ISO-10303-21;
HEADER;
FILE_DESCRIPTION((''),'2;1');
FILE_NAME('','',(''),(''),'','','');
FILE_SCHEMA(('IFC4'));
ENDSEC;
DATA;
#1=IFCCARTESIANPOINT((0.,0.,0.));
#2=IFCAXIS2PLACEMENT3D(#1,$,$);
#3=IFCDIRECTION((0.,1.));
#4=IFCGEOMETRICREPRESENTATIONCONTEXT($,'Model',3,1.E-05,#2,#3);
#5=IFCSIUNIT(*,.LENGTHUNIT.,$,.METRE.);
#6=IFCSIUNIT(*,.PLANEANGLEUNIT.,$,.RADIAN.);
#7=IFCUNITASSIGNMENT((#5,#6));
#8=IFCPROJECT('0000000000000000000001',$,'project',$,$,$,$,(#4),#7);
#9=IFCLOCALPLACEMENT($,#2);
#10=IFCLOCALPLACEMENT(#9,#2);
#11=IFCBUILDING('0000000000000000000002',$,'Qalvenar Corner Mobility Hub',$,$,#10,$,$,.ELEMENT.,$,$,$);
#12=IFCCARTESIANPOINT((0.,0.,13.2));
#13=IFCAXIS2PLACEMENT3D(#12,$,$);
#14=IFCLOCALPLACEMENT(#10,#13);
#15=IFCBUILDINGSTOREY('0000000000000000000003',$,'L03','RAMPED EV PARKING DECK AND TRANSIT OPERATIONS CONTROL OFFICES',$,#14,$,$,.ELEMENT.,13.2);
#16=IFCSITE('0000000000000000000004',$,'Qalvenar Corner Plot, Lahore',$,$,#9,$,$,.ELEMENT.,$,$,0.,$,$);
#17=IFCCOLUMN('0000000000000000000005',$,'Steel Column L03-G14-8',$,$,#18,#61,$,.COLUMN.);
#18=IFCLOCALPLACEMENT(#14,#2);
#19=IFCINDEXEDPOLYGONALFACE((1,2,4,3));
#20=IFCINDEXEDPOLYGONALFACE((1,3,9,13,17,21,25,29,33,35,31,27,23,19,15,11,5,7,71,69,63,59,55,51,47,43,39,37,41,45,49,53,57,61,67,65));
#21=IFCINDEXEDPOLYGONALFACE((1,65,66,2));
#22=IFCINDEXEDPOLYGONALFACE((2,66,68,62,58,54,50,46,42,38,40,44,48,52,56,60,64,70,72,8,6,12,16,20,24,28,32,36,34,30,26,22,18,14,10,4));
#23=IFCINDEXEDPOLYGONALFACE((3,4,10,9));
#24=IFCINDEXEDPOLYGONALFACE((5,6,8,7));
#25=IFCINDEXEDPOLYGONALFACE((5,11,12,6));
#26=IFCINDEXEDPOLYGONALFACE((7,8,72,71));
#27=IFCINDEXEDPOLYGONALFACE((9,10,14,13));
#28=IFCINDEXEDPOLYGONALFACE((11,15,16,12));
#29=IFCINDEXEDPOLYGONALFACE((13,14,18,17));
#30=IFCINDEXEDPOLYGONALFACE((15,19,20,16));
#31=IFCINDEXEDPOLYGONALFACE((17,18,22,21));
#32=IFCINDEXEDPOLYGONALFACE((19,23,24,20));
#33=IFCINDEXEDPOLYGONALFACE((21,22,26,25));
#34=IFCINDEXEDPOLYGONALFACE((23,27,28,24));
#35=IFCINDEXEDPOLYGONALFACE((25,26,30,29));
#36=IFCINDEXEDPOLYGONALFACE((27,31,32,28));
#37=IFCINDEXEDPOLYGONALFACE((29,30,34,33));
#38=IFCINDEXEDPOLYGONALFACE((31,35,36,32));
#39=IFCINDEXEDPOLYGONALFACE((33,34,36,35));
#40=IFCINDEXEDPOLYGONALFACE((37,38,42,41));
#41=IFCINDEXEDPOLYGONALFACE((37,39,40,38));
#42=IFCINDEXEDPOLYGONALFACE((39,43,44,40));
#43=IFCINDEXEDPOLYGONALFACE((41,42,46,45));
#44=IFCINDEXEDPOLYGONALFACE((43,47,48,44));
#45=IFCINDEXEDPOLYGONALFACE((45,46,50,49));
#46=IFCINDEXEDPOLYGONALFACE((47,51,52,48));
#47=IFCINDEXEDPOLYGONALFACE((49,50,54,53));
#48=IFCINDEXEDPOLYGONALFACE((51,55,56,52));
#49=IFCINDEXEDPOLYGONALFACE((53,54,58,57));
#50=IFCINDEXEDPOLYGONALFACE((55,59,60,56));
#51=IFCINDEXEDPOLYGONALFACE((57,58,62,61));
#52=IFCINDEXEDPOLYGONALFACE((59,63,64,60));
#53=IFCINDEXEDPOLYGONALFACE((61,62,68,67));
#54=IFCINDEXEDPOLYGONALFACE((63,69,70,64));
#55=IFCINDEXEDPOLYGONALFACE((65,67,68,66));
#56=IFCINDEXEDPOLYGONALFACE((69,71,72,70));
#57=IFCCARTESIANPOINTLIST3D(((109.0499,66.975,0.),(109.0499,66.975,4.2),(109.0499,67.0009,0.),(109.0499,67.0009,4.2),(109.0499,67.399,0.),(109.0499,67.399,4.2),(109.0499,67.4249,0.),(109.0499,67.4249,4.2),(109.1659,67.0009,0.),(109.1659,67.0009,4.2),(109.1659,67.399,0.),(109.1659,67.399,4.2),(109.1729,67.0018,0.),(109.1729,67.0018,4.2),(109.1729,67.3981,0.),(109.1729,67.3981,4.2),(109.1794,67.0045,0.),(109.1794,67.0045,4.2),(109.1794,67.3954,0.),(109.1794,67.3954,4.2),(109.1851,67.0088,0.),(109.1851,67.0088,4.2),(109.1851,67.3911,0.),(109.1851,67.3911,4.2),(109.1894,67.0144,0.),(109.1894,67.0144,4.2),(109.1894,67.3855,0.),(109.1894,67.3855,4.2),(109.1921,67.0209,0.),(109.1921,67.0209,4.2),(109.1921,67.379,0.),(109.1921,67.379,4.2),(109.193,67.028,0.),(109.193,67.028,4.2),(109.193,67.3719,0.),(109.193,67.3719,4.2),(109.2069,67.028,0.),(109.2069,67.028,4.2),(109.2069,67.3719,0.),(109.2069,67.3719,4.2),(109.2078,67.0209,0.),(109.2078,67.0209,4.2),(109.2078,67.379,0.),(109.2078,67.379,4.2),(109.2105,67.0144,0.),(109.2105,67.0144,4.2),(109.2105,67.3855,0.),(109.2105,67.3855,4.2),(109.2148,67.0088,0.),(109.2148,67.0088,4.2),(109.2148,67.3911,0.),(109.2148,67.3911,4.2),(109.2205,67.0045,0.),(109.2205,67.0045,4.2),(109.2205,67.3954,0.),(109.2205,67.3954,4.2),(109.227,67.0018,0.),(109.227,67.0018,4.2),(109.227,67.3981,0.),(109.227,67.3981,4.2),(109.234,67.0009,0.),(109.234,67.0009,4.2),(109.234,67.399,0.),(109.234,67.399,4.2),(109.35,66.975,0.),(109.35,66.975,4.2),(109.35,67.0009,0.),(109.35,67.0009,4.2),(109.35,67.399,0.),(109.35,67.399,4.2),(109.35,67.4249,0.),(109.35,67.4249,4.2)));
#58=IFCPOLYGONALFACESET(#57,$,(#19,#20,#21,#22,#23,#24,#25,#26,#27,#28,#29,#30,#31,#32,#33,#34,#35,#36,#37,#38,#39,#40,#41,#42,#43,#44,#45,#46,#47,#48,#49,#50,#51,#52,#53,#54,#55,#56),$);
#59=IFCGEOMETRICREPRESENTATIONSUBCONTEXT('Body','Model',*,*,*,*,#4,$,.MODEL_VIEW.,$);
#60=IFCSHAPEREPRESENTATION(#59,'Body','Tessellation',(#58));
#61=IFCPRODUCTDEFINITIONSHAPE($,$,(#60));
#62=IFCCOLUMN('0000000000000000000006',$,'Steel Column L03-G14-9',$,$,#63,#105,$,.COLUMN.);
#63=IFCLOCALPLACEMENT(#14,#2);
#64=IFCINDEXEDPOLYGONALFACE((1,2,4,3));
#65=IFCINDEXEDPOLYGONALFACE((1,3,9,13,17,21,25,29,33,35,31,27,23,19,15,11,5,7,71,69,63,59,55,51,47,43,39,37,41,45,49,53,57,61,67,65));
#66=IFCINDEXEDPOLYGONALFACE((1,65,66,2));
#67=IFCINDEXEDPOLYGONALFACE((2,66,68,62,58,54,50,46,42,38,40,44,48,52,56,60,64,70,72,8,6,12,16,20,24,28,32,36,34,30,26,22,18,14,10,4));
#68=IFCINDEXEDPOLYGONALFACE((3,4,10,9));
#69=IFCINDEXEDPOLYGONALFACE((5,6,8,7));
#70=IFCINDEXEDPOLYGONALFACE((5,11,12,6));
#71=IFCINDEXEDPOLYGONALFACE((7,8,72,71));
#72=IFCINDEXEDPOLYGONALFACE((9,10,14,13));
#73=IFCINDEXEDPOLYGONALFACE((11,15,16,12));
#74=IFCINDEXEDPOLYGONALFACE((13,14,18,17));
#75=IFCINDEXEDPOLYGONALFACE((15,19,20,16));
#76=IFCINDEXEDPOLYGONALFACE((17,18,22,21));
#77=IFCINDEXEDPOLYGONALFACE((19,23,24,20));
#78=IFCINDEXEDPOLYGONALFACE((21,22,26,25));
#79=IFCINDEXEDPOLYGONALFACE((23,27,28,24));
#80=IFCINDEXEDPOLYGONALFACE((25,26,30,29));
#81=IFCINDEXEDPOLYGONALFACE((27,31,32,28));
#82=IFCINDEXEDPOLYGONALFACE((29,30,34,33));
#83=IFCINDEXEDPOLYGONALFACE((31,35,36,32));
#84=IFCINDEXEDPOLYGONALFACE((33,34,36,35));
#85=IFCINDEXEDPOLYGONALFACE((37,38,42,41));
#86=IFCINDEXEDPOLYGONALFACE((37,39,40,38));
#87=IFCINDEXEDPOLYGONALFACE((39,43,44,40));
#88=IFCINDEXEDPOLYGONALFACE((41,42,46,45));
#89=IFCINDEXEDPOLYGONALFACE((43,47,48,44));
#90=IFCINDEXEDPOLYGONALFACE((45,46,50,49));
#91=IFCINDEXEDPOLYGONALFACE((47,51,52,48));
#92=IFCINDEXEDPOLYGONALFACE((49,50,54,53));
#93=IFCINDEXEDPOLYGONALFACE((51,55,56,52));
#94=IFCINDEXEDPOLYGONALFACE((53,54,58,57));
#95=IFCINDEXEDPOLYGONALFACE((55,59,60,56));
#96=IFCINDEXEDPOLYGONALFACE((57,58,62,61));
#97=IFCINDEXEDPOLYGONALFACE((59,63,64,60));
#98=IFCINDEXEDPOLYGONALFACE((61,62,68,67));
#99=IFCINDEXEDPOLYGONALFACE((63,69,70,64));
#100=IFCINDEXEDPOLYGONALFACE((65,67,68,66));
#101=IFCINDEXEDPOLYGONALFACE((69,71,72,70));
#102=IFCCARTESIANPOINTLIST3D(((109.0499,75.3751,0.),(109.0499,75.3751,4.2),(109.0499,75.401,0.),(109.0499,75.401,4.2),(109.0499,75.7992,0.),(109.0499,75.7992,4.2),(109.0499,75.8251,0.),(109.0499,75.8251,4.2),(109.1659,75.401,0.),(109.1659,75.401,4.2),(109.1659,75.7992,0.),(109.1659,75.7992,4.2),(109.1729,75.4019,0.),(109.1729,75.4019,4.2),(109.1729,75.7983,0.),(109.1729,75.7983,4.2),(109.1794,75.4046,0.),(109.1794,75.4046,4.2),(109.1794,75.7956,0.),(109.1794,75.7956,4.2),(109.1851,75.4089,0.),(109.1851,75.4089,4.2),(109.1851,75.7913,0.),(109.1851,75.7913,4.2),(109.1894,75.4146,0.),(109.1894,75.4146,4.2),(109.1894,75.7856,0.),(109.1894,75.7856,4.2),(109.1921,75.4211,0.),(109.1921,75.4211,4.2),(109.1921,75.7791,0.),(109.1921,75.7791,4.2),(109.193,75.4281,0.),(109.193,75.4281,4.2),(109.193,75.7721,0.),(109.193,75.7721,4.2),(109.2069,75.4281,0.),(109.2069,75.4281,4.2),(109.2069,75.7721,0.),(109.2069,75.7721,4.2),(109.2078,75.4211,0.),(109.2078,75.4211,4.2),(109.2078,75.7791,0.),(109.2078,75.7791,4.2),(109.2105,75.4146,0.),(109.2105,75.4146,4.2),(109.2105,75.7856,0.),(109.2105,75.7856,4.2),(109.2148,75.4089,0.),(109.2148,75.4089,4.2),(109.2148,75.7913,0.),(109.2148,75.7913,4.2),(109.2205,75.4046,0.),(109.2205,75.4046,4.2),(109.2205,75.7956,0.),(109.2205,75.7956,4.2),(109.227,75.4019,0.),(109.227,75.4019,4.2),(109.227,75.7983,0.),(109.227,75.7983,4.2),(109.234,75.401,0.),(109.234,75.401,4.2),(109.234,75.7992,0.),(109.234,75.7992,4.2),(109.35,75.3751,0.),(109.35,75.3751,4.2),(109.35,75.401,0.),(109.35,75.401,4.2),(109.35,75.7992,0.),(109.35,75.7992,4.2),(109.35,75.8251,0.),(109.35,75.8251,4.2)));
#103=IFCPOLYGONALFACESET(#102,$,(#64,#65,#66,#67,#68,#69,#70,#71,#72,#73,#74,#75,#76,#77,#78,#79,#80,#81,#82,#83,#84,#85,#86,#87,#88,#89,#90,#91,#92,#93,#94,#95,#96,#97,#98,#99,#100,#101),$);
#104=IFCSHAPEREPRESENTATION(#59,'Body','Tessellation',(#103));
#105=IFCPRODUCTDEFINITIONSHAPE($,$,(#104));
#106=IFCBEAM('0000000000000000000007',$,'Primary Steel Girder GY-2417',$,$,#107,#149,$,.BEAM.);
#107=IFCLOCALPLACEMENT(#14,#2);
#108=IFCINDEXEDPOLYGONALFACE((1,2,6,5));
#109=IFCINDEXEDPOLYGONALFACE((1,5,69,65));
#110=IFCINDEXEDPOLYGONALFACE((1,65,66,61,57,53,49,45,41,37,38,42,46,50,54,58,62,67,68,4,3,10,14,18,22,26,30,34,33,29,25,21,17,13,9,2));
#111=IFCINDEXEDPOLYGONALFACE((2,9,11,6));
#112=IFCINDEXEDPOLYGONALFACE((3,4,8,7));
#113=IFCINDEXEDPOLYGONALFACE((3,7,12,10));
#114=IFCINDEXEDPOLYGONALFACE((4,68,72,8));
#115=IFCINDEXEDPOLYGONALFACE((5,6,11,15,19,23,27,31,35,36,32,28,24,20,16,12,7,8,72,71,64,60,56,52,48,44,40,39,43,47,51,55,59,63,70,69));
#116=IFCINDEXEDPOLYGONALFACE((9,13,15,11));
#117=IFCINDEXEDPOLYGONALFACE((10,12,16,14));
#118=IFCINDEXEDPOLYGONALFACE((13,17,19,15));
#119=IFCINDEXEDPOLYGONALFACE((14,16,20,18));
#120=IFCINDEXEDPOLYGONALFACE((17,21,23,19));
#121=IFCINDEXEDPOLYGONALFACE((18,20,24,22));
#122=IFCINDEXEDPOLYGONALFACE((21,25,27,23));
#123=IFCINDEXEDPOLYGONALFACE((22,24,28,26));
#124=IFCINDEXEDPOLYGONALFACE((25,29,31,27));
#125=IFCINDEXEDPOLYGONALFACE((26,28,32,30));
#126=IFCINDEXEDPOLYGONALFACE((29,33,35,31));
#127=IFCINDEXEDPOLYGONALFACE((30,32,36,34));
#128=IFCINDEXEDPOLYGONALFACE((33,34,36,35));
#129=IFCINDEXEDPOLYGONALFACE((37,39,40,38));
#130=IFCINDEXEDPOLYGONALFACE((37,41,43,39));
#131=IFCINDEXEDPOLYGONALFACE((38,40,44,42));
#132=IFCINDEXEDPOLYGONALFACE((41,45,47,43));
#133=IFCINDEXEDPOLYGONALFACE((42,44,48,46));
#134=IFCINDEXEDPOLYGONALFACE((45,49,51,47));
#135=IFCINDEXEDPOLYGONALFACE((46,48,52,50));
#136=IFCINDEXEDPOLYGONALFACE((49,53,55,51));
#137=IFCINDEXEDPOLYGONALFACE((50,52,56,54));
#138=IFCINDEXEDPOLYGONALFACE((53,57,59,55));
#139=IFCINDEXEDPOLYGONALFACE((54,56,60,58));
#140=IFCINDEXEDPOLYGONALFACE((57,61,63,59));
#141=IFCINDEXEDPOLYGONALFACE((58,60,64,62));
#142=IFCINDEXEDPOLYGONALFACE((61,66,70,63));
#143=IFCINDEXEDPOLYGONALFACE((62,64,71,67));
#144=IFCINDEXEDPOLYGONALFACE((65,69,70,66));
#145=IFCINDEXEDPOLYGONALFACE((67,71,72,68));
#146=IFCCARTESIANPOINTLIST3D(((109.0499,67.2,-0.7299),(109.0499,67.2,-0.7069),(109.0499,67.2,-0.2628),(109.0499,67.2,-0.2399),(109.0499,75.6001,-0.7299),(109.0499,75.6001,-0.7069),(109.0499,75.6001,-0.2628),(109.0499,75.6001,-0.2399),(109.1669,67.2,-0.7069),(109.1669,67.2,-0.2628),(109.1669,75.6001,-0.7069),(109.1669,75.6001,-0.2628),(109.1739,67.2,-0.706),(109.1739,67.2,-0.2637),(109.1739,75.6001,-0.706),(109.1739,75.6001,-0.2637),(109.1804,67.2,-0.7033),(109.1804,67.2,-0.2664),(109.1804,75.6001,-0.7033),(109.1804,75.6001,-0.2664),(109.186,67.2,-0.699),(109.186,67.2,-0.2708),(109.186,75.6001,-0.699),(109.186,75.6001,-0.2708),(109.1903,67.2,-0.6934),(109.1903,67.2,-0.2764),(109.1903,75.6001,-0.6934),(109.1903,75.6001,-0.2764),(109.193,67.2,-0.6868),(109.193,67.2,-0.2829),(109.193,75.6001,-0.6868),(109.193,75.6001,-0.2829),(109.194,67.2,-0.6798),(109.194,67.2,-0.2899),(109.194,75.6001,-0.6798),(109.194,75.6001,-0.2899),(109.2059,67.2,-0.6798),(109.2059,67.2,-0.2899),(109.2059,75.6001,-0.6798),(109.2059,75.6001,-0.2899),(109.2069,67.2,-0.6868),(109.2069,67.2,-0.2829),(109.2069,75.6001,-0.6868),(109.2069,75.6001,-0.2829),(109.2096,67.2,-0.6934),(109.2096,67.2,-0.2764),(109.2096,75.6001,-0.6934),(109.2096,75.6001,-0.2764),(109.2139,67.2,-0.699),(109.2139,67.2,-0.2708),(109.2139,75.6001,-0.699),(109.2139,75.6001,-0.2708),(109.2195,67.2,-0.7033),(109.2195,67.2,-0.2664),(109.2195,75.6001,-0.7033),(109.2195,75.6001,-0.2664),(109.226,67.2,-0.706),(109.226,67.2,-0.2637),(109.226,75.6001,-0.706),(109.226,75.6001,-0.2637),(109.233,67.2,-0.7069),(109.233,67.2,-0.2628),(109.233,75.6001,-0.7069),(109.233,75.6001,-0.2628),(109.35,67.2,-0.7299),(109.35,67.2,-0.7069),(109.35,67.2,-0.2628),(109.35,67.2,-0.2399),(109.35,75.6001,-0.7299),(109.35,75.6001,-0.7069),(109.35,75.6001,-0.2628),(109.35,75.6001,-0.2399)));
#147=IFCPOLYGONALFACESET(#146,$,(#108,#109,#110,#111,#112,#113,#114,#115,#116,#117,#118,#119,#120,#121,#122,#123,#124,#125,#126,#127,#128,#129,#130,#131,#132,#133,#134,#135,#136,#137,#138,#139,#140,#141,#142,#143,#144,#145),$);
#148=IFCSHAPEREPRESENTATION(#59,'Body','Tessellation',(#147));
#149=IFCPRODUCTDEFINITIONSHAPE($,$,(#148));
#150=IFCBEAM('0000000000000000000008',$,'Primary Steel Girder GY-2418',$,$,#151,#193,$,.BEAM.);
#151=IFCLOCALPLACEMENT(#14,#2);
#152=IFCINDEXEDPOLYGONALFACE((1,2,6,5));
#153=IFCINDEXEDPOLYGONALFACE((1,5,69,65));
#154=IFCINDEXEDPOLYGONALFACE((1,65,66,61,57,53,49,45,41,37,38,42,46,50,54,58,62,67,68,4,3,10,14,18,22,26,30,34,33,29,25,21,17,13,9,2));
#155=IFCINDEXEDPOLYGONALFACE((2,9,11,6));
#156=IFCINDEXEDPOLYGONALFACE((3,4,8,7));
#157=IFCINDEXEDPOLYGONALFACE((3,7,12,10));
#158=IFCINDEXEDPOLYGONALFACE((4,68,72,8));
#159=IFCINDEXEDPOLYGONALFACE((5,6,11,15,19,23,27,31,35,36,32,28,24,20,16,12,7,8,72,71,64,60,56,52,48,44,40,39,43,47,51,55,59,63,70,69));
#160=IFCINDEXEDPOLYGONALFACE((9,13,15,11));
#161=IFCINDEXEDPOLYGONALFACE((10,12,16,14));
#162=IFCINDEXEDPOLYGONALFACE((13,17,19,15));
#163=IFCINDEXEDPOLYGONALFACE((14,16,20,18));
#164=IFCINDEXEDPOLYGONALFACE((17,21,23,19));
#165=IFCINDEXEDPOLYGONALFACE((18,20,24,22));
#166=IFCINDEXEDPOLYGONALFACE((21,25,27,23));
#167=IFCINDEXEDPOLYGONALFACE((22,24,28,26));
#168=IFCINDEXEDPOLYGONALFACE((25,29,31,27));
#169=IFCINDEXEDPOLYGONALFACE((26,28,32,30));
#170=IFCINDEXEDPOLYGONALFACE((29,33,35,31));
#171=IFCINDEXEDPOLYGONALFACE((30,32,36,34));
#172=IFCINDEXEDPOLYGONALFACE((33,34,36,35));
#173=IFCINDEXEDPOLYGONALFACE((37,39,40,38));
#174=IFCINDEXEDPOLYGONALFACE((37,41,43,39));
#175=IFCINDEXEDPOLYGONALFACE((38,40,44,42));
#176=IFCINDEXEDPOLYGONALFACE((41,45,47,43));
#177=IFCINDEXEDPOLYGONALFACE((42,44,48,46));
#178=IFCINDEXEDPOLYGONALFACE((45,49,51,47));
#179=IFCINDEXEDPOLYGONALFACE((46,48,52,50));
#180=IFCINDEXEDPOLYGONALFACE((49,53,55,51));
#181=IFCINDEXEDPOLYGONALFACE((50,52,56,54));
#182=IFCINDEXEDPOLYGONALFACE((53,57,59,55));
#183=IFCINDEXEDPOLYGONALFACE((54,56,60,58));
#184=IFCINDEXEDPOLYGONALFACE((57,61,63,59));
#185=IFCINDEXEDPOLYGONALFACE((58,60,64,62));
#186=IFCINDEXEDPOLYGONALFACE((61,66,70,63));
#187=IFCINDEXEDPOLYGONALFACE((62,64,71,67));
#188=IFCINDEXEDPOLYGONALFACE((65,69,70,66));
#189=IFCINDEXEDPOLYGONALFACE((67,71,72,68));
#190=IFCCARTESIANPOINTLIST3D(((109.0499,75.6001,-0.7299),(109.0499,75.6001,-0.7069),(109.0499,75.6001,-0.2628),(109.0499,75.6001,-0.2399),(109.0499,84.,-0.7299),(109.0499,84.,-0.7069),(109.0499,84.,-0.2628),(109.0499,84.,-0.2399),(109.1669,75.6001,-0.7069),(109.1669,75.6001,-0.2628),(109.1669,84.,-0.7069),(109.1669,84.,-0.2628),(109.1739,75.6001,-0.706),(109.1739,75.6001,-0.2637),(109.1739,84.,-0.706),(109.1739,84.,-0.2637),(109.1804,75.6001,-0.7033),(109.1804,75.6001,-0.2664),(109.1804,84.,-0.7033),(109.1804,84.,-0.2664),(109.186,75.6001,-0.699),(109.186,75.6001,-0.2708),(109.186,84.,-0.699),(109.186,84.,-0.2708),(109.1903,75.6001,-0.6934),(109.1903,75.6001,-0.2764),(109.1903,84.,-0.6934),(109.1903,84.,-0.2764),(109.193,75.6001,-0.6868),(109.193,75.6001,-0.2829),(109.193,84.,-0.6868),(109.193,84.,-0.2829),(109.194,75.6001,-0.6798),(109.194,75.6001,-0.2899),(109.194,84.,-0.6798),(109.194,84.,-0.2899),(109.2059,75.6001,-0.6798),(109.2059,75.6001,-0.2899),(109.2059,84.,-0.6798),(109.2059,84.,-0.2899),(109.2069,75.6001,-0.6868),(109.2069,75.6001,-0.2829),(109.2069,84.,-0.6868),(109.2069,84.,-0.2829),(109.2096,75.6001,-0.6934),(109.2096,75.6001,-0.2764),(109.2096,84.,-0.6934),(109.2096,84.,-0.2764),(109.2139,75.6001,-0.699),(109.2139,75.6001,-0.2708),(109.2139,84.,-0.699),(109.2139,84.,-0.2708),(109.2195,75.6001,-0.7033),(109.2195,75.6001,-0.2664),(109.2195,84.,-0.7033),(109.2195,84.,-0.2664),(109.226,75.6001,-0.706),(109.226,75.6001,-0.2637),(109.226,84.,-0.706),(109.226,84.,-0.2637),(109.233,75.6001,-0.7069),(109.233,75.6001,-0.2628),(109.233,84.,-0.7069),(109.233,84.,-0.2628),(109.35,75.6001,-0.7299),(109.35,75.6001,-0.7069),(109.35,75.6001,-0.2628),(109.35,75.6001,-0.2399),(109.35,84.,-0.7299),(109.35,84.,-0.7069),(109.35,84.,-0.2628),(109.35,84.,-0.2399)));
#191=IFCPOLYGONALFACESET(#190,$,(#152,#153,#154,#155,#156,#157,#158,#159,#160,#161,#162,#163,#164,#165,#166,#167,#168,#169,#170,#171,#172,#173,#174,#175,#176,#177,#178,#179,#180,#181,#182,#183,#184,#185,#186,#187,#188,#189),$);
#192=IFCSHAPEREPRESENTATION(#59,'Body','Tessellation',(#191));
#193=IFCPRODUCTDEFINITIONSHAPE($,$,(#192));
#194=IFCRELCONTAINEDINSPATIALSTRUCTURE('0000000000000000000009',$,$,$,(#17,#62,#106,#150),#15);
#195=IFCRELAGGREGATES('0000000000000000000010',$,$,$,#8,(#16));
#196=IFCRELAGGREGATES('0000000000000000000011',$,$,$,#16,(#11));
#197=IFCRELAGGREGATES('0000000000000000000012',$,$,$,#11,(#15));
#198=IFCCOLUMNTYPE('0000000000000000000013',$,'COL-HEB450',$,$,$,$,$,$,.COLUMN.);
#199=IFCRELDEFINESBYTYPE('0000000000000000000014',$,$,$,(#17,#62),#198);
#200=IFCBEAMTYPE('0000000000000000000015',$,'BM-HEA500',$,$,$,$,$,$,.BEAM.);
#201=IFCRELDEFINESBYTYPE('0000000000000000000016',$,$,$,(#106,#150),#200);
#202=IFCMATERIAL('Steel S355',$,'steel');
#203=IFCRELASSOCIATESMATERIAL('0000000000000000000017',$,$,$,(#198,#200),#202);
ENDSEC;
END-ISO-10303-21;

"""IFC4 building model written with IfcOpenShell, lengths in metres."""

from ifc_helpers import new_model, si_unit, direction, frame, origin, origin_2d, place, context, subcontext, project, spatial, i_section, extrude, material, material_profile, profile_set, type_object, element, save


model = new_model("IFC4")

# Units and contexts
model_context = context("Model", 3, precision=1e-05, world=origin(), true_north=direction((0.0, 1.0)))
body_context = subcontext(model_context, "Body", "Model", "MODEL_VIEW")
ifc_project = project(units=[si_unit("LENGTHUNIT", "METRE"), si_unit("PLANEANGLEUNIT", "RADIAN")], contexts=[model_context])

# Site, building, storey
site_placement = place(None, origin())
site = spatial("IfcSite", under=ifc_project, at=site_placement, Name="Qalvenar Corner Plot, Lahore", CompositionType="ELEMENT", RefElevation=0.0)
building_placement = place(site_placement, origin())
building = spatial("IfcBuilding", under=site, at=building_placement, Name="Qalvenar Corner Mobility Hub", CompositionType="ELEMENT")
storey_placement = place(building_placement, frame((0.0, 0.0, 13.2)))
storey = spatial("IfcBuildingStorey", under=building, at=storey_placement, Name="L03", Description="RAMPED EV PARKING DECK AND TRANSIT OPERATIONS CONTROL OFFICES", CompositionType="ELEMENT", Elevation=13.2)

# Columns
ifc_material = material(Name="Steel S355", Category="steel")
ifc_material_profile_1 = material_profile(ifc_material, i_section(OverallWidth=0.3, OverallDepth=0.45, WebThickness=0.0139, FlangeThickness=0.0259, FilletRadius=0.0271, at=origin_2d()), Name="HEB450")
ifc_profile_set_1 = profile_set([ifc_material_profile_1], Name="Steel S355")
column_type = type_object("IfcColumnType", Name="COL-HEB450", PredefinedType="COLUMN", material=ifc_profile_set_1)
for number, where, z_axis, x_axis, name in (
    (1, (109.2, 67.2, 0.0), (0.0, 0.0, 1.0), (1.0, 0.0, 0.0), "Steel Column L03-G14-8"),
    (2, (109.2, 75.6001, 0.0), (0.0, 0.0, 1.0), (1.0, 0.0, 0.0), "Steel Column L03-G14-9"),
):
    element("IfcColumn", number, at=place(storey_placement, frame(where, z_axis=z_axis, x_axis=x_axis)), inside=storey, type_object=column_type, Name=name, PredefinedType="COLUMN", context=body_context, shape_type="SweptSolid", body=[
        extrude(i_section(OverallWidth=0.3, OverallDepth=0.45, WebThickness=0.0139, FlangeThickness=0.0259, FilletRadius=0.0271, at=origin_2d()), origin(), (0.0, 0.0, 1.0), 4.2),
    ])

# Beams
ifc_material_profile_2 = material_profile(ifc_material, i_section(OverallWidth=0.3, OverallDepth=0.49, WebThickness=0.012, FlangeThickness=0.0229, FilletRadius=0.0271, at=origin_2d()), Name="HEA500")
ifc_profile_set_2 = profile_set([ifc_material_profile_2], Name="Steel S355")
beam_type_1 = type_object("IfcBeamType", Name="BM-HEA500", PredefinedType="BEAM", material=ifc_profile_set_2)
beam_1_placement = place(storey_placement, frame((109.2, 67.2, -0.4849), z_axis=(0.0, 1.0, 0.0), x_axis=(-1.0, 0.0, 0.0)))
element("IfcBeam", 3, at=beam_1_placement, inside=storey, type_object=beam_type_1, Name="Primary Steel Girder GY-2417", PredefinedType="BEAM", context=body_context, shape_type="SweptSolid", body=[
    extrude(i_section(OverallWidth=0.3, OverallDepth=0.49, WebThickness=0.012, FlangeThickness=0.0229, FilletRadius=0.0271, at=origin_2d()), origin(), (0.0, 0.0, 1.0), 8.4001),
])
beam_2_placement = place(storey_placement, frame((109.2, 75.6001, -0.4849), z_axis=(0.0, 1.0, 0.0), x_axis=(-1.0, 0.0, 0.0)))
element("IfcBeam", 4, at=beam_2_placement, inside=storey, type_object=beam_type_1, Name="Primary Steel Girder GY-2418", PredefinedType="BEAM", context=body_context, shape_type="SweptSolid", body=[
    extrude(i_section(OverallWidth=0.3, OverallDepth=0.49, WebThickness=0.012, FlangeThickness=0.0229, FilletRadius=0.0271, at=origin_2d()), origin(), (0.0, 0.0, 1.0), 8.3999),
])

save(model, "model.ifc")
